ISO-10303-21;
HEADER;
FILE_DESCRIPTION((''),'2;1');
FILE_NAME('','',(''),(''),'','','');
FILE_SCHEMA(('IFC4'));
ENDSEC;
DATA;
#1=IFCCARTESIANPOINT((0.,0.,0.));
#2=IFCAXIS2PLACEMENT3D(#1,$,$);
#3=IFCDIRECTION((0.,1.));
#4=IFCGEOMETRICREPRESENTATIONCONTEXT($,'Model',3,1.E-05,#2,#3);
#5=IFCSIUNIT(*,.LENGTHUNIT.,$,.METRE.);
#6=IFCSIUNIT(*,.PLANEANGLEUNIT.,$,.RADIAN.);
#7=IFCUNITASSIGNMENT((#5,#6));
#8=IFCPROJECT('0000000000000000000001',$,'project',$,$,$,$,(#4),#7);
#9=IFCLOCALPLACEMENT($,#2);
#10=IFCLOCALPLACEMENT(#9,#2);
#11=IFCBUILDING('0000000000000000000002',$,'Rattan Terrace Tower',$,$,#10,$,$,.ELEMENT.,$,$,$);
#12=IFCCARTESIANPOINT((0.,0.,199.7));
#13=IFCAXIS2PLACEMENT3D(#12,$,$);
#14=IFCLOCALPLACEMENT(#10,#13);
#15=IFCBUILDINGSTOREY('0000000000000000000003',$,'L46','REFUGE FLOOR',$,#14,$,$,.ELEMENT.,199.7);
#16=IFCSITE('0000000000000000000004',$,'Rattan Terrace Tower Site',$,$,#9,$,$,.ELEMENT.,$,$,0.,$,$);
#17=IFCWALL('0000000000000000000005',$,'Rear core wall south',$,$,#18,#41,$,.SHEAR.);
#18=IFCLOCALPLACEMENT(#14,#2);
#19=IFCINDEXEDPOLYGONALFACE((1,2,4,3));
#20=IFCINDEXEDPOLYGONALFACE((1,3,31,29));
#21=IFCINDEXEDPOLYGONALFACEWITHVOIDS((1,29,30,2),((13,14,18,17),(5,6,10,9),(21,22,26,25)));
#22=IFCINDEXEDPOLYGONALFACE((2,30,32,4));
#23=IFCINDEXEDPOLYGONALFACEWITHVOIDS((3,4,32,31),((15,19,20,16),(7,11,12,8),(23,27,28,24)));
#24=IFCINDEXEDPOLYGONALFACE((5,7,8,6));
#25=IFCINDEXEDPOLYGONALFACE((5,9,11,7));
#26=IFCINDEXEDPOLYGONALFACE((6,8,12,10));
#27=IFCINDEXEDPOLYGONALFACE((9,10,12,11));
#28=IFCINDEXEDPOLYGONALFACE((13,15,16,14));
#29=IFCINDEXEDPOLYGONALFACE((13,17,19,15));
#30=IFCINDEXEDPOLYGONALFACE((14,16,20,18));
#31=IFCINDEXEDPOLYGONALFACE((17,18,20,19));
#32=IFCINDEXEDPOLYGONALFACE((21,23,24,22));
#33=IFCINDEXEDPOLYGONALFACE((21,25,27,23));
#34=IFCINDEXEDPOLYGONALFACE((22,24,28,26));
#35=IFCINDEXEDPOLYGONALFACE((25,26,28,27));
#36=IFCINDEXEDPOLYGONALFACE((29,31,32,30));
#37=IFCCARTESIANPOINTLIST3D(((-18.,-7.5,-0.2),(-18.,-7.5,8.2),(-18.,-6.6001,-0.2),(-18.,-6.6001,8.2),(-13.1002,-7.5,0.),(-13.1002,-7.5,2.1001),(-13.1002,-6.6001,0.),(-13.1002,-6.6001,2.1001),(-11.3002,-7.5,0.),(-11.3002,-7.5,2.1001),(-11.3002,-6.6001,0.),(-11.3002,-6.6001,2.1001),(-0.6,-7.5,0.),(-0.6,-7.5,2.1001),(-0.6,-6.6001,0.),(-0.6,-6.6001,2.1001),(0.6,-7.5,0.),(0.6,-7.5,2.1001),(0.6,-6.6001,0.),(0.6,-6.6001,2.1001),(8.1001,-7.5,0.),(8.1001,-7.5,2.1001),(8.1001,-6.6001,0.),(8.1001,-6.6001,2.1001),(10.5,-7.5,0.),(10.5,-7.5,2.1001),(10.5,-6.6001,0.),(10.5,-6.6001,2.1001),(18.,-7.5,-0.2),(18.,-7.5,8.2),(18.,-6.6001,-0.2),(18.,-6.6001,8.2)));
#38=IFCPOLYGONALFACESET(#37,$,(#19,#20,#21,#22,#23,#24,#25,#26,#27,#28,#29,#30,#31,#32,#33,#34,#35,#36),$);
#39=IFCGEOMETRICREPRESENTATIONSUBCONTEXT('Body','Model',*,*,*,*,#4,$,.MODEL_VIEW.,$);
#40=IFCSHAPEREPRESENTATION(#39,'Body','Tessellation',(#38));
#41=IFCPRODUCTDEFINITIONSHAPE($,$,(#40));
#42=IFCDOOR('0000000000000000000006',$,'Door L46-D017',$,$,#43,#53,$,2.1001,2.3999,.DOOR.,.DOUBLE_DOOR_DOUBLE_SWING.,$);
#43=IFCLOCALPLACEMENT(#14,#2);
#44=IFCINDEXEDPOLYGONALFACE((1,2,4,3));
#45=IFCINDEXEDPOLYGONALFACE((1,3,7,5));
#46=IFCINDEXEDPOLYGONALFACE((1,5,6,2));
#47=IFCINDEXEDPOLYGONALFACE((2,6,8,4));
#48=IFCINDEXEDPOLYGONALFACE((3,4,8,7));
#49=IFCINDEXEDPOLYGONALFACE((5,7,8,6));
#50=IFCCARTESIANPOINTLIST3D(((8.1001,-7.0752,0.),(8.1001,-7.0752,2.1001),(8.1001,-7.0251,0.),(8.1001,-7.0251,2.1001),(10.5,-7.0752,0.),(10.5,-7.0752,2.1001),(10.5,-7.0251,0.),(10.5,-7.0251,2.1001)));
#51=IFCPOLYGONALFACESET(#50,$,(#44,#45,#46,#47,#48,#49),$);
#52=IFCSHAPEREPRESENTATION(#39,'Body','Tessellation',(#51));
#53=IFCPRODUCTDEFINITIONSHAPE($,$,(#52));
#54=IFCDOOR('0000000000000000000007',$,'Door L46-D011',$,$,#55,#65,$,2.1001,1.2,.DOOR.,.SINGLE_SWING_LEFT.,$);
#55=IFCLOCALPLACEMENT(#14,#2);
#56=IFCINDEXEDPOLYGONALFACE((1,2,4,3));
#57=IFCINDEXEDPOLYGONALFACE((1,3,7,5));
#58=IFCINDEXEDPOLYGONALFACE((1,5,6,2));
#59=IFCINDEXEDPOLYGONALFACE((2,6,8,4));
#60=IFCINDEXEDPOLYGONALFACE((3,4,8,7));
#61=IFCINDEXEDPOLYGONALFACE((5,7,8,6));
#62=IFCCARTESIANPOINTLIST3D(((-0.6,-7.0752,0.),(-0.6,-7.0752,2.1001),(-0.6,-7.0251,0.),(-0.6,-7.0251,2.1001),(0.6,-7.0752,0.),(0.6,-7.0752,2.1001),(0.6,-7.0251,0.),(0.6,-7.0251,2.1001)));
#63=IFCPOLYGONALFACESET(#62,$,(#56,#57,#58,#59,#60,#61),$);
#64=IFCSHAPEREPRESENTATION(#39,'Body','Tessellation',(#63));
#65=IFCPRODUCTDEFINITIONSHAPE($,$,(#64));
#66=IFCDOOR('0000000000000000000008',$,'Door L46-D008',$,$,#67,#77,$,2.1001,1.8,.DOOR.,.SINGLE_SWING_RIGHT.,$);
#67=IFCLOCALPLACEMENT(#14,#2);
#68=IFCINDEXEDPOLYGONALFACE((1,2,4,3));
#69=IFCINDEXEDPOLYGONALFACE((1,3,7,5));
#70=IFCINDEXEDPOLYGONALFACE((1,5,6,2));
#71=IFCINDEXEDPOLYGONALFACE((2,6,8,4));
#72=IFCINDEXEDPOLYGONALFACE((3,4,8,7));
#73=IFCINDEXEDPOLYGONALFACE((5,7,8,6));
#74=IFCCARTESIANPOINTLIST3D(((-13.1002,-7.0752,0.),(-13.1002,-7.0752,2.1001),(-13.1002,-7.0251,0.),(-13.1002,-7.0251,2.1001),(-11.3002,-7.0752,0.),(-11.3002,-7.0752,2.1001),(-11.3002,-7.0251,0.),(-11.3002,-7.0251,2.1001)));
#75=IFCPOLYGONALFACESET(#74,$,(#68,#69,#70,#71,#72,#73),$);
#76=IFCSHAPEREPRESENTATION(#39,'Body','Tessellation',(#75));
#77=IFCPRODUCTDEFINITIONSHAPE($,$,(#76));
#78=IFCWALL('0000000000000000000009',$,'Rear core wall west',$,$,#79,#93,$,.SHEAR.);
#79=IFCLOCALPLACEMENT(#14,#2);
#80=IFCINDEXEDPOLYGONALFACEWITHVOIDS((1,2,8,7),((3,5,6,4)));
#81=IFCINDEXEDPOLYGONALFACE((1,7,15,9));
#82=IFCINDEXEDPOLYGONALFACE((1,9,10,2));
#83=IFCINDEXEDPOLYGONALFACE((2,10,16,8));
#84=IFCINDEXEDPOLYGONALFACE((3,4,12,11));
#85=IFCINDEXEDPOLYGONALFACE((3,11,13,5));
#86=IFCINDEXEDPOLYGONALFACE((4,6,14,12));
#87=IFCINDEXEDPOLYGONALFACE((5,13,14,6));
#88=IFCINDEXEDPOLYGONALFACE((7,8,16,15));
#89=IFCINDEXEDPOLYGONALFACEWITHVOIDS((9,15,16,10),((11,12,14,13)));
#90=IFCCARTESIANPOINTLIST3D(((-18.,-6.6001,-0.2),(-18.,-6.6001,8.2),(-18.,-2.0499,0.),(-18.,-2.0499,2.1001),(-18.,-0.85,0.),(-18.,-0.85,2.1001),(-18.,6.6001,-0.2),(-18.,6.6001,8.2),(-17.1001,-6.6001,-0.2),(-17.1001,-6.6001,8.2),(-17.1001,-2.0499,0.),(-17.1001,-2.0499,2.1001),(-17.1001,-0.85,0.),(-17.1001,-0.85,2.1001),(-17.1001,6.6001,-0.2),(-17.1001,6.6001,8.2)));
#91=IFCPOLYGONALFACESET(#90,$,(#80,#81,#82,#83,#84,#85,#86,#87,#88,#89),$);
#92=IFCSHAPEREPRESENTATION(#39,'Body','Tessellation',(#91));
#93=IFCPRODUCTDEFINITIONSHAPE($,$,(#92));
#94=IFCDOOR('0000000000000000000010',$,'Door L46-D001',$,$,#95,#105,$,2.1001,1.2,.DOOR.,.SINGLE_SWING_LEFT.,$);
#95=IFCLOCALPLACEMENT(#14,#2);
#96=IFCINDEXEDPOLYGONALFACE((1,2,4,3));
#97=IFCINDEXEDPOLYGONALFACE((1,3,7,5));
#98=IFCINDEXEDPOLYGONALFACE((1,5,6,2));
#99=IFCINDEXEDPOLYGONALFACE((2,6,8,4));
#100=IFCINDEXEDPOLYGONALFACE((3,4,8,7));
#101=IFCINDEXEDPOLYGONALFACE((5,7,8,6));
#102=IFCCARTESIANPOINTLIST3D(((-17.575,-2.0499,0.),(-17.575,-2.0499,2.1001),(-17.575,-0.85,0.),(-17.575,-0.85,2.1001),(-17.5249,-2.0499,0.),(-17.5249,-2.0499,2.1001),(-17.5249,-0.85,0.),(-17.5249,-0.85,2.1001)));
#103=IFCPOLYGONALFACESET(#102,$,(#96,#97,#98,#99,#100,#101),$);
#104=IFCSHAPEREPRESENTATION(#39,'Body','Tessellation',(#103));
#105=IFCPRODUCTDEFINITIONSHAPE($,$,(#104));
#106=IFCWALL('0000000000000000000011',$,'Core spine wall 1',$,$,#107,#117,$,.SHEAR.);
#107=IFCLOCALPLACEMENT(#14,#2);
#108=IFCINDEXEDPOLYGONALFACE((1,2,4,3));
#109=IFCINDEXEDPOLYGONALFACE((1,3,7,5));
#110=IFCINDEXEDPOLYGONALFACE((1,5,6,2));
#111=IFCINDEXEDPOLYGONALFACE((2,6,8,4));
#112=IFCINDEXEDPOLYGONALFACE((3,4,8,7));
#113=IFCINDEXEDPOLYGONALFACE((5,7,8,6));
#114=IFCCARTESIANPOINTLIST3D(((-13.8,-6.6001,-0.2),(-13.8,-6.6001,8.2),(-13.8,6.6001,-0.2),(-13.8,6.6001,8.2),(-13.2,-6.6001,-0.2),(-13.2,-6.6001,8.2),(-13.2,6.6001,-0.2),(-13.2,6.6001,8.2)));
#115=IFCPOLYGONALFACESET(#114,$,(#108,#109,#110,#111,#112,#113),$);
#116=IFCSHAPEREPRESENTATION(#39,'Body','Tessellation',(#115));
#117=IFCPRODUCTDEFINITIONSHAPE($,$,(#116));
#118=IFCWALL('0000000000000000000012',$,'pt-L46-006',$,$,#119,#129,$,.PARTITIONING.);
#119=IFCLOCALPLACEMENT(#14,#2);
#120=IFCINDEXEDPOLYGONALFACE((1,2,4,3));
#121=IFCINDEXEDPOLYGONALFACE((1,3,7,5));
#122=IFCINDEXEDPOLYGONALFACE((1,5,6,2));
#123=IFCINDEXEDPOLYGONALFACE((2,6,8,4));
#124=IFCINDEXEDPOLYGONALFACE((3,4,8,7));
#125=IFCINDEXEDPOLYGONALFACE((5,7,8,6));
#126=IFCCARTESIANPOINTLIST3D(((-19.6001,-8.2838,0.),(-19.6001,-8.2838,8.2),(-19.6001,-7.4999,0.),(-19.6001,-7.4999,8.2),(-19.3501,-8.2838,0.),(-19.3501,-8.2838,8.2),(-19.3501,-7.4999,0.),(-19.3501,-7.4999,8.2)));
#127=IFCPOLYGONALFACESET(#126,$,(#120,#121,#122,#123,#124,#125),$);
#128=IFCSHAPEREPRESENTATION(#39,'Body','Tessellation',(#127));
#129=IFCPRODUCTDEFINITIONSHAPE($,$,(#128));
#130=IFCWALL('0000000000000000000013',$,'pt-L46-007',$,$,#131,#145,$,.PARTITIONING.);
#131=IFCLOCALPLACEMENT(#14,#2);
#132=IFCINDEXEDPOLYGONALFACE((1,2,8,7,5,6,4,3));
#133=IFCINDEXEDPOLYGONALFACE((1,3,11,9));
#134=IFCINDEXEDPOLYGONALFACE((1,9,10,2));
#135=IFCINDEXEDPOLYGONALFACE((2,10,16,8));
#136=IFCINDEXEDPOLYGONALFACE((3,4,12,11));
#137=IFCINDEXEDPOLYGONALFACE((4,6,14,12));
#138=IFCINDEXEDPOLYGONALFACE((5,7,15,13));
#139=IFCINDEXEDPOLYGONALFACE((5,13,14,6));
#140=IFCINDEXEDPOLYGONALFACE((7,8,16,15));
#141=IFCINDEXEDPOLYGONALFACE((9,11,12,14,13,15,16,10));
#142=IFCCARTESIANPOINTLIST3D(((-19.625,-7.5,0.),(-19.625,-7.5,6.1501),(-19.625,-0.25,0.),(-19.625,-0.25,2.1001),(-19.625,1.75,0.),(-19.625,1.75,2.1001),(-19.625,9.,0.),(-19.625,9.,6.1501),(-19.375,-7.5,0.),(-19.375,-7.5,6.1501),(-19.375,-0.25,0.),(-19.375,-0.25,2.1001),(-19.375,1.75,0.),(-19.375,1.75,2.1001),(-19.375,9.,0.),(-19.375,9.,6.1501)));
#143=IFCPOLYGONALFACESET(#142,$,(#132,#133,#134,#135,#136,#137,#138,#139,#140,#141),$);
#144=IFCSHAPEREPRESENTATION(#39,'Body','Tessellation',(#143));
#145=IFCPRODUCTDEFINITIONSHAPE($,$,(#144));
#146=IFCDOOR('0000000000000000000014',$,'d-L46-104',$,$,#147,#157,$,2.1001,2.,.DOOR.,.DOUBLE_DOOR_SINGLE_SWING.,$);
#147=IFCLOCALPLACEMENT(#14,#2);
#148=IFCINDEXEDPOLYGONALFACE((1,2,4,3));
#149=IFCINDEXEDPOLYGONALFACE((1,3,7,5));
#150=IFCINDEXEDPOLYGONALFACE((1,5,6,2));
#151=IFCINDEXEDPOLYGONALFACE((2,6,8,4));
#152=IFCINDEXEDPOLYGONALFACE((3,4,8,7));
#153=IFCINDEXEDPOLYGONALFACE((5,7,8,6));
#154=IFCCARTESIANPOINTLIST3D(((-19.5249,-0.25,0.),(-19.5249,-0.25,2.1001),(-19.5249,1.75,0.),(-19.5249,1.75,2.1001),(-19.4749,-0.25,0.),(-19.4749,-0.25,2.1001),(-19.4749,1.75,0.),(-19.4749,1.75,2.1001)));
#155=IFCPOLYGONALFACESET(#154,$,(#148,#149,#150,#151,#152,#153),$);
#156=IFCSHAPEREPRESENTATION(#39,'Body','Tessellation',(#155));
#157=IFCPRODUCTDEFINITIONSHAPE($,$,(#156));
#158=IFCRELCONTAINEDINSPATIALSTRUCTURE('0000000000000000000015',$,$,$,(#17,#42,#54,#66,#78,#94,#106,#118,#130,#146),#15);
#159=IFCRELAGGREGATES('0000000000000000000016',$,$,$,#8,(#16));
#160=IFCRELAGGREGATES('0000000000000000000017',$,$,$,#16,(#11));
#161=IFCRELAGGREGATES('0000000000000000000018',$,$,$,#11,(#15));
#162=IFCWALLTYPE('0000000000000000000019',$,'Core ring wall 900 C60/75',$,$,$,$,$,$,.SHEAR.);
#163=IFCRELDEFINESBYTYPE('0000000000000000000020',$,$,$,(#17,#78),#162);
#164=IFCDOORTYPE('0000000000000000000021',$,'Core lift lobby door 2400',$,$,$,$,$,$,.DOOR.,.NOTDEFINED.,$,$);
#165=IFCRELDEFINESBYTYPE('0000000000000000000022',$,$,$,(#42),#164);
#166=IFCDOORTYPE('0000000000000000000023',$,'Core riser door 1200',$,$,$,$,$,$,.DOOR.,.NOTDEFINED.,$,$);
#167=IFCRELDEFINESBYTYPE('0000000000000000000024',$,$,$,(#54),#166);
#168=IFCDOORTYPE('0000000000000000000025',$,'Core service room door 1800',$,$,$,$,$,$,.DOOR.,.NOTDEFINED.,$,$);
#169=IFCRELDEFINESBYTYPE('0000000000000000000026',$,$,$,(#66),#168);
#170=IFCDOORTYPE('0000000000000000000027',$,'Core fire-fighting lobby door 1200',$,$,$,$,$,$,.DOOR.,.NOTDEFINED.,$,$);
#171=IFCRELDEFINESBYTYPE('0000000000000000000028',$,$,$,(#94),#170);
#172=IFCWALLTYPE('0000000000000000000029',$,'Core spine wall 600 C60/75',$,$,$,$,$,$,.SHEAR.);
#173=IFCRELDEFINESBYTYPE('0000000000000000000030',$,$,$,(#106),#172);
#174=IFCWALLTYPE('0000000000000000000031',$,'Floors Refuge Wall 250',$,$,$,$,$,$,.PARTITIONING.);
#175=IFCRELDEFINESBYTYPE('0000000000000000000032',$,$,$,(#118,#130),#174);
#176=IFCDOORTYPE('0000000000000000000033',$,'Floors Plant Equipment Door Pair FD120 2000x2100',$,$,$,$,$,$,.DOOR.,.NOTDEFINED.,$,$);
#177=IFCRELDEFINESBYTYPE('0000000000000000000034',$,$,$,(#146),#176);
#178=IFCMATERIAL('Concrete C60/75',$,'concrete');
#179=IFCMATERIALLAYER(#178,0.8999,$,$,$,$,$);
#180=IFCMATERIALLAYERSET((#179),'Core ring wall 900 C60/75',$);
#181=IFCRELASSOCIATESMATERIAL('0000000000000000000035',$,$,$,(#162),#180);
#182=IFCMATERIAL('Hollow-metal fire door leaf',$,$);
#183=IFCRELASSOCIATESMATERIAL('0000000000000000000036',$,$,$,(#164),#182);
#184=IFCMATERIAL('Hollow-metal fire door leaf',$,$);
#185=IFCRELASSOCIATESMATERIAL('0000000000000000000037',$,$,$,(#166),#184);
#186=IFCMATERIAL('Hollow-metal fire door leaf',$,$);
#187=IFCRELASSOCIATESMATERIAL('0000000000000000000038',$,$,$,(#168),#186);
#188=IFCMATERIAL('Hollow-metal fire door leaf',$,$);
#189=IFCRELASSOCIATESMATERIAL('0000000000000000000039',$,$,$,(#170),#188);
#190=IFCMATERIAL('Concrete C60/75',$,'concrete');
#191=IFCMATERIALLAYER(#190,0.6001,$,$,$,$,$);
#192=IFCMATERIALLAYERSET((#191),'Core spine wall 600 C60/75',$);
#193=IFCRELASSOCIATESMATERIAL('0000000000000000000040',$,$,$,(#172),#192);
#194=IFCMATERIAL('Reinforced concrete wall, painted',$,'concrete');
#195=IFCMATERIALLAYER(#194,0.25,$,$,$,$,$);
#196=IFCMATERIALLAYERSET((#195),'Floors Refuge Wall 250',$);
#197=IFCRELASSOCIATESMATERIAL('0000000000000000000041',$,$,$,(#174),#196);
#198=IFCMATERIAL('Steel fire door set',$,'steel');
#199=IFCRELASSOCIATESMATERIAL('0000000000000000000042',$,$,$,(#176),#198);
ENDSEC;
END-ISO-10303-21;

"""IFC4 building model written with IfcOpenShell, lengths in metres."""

from ifc_helpers import new_model, si_unit, direction, frame, frame_2d, origin, place, context, subcontext, project, spatial, rectangle, extrude, material, layer, layer_set, type_object, element, fill, save


model = new_model("IFC4")

# Units and contexts
model_context = context("Model", 3, precision=1e-05, world=origin(), true_north=direction((0.0, 1.0)))
body_context = subcontext(model_context, "Body", "Model", "MODEL_VIEW")
ifc_project = project(units=[si_unit("LENGTHUNIT", "METRE"), si_unit("PLANEANGLEUNIT", "RADIAN")], contexts=[model_context])

# Site, building, storey
site_placement = place(None, origin())
site = spatial("IfcSite", under=ifc_project, at=site_placement, Name="Rattan Terrace Tower Site", CompositionType="ELEMENT", RefElevation=0.0)
building_placement = place(site_placement, origin())
building = spatial("IfcBuilding", under=site, at=building_placement, Name="Rattan Terrace Tower", CompositionType="ELEMENT")
storey_placement = place(building_placement, frame((0.0, 0.0, 199.7)))
storey = spatial("IfcBuildingStorey", under=building, at=storey_placement, Name="L46", Description="REFUGE FLOOR", CompositionType="ELEMENT", Elevation=199.7)

# Wall, openings, doors
ifc_material_1 = material(Name="Concrete C60/75", Category="concrete")
ifc_layer_1 = layer(ifc_material_1, 0.8999)
ifc_layer_set_1 = layer_set([ifc_layer_1], Name="Core ring wall 900 C60/75")
wall_type_1 = type_object("IfcWallType", Name="Core ring wall 900 C60/75", PredefinedType="SHEAR", material=ifc_layer_set_1)
wall_1_placement = place(storey_placement, frame((-18.0, -7.05, -0.2), z_axis=(0.0, 0.0, 1.0), x_axis=(1.0, 0.0, 0.0)))
wall_1 = element("IfcWall", 1, at=wall_1_placement, inside=storey, type_object=wall_type_1, Name="Rear core wall south", PredefinedType="SHEAR", context=body_context, shape_type="SweptSolid", body=[
    extrude(rectangle(XDim=36.0, YDim=0.8999, at=frame_2d((18.0, 0.0))), origin(), (0.0, 0.0, 1.0), 8.3999),
])
opening_1_placement = place(wall_1_placement, frame((4.8999, 0.0, 0.2)))
opening_1 = element("IfcOpeningElement", 2, at=opening_1_placement, cuts=wall_1, PredefinedType="OPENING", context=body_context, shape_type="SweptSolid", body=[
    extrude(rectangle(XDim=1.8, YDim=2.1001, at=frame_2d((0.8999, 1.05))), frame((0.0, 0.4604, 0.0), z_axis=(0.0, -1.0, 0.0), x_axis=(1.0, 0.0, 0.0)), (0.0, 0.0, 1.0), 0.9209),
])
opening_2_placement = place(wall_1_placement, frame((17.3999, 0.0, 0.2)))
opening_2 = element("IfcOpeningElement", 3, at=opening_2_placement, cuts=wall_1, PredefinedType="OPENING", context=body_context, shape_type="SweptSolid", body=[
    extrude(rectangle(XDim=1.2, YDim=2.1001, at=frame_2d((0.6001, 1.05))), frame((0.0, 0.4604, 0.0), z_axis=(0.0, -1.0, 0.0), x_axis=(1.0, 0.0, 0.0)), (0.0, 0.0, 1.0), 0.9209),
])
opening_3_placement = place(wall_1_placement, frame((26.1001, 0.0, 0.2)))
opening_3 = element("IfcOpeningElement", 4, at=opening_3_placement, cuts=wall_1, PredefinedType="OPENING", context=body_context, shape_type="SweptSolid", body=[
    extrude(rectangle(XDim=2.3999, YDim=2.1001, at=frame_2d((1.2, 1.05))), frame((0.0, 0.4604, 0.0), z_axis=(0.0, -1.0, 0.0), x_axis=(1.0, 0.0, 0.0)), (0.0, 0.0, 1.0), 0.9209),
])
ifc_material_2 = material(Name="Hollow-metal fire door leaf")
door_type_1 = type_object("IfcDoorType", Name="Core lift lobby door 2400", OperationType="NOTDEFINED", PredefinedType="DOOR", material=ifc_material_2)
door_1_placement = place(opening_3_placement, origin())
door_1 = element("IfcDoor", 5, at=door_1_placement, inside=storey, type_object=door_type_1, Name="Door L46-D017", OperationType="DOUBLE_DOOR_DOUBLE_SWING", OverallHeight=2.1001, OverallWidth=2.3999, PredefinedType="DOOR", context=body_context, shape_type="SweptSolid", body=[
    extrude(rectangle(XDim=2.3999, YDim=2.1001, at=frame_2d((1.2, 1.05))), frame((0.0, 0.0249, 0.0), z_axis=(0.0, -1.0, 0.0), x_axis=(1.0, 0.0, 0.0)), (0.0, 0.0, 1.0), 0.05),
])
fill(opening_3, door_1)
ifc_material_3 = material(Name="Hollow-metal fire door leaf")
door_type_2 = type_object("IfcDoorType", Name="Core riser door 1200", OperationType="NOTDEFINED", PredefinedType="DOOR", material=ifc_material_3)
door_2_placement = place(opening_2_placement, origin())
door_2 = element("IfcDoor", 6, at=door_2_placement, inside=storey, type_object=door_type_2, Name="Door L46-D011", OperationType="SINGLE_SWING_LEFT", OverallHeight=2.1001, OverallWidth=1.2, PredefinedType="DOOR", context=body_context, shape_type="SweptSolid", body=[
    extrude(rectangle(XDim=1.2, YDim=2.1001, at=frame_2d((0.6001, 1.05))), frame((0.0, 0.0249, 0.0), z_axis=(0.0, -1.0, 0.0), x_axis=(1.0, 0.0, 0.0)), (0.0, 0.0, 1.0), 0.05),
])
fill(opening_2, door_2)
ifc_material_4 = material(Name="Hollow-metal fire door leaf")
door_type_3 = type_object("IfcDoorType", Name="Core service room door 1800", OperationType="NOTDEFINED", PredefinedType="DOOR", material=ifc_material_4)
door_3_placement = place(opening_1_placement, origin())
door_3 = element("IfcDoor", 7, at=door_3_placement, inside=storey, type_object=door_type_3, Name="Door L46-D008", OperationType="SINGLE_SWING_RIGHT", OverallHeight=2.1001, OverallWidth=1.8, PredefinedType="DOOR", context=body_context, shape_type="SweptSolid", body=[
    extrude(rectangle(XDim=1.8, YDim=2.1001, at=frame_2d((0.8999, 1.05))), frame((0.0, 0.0249, 0.0), z_axis=(0.0, -1.0, 0.0), x_axis=(1.0, 0.0, 0.0)), (0.0, 0.0, 1.0), 0.05),
])
fill(opening_1, door_3)

# Wall, opening, door
wall_2_placement = place(storey_placement, frame((-17.55, -6.6001, -0.2), z_axis=(0.0, 0.0, 1.0), x_axis=(0.0, 1.0, 0.0)))
wall_2 = element("IfcWall", 8, at=wall_2_placement, inside=storey, type_object=wall_type_1, Name="Rear core wall west", PredefinedType="SHEAR", context=body_context, shape_type="SweptSolid", body=[
    extrude(rectangle(XDim=13.2002, YDim=0.8999, at=frame_2d((6.6001, 0.0))), origin(), (0.0, 0.0, 1.0), 8.3999),
])
opening_4_placement = place(wall_2_placement, frame((4.55, 0.0, 0.2)))
opening_4 = element("IfcOpeningElement", 9, at=opening_4_placement, cuts=wall_2, PredefinedType="OPENING", context=body_context, shape_type="SweptSolid", body=[
    extrude(rectangle(XDim=1.2, YDim=2.1001, at=frame_2d((0.6001, 1.05))), frame((0.0, 0.4604, 0.0), z_axis=(0.0, -1.0, 0.0), x_axis=(1.0, 0.0, 0.0)), (0.0, 0.0, 1.0), 0.9209),
])
ifc_material_5 = material(Name="Hollow-metal fire door leaf")
door_type_4 = type_object("IfcDoorType", Name="Core fire-fighting lobby door 1200", OperationType="NOTDEFINED", PredefinedType="DOOR", material=ifc_material_5)
door_4_placement = place(opening_4_placement, origin())
door_4 = element("IfcDoor", 10, at=door_4_placement, inside=storey, type_object=door_type_4, Name="Door L46-D001", OperationType="SINGLE_SWING_LEFT", OverallHeight=2.1001, OverallWidth=1.2, PredefinedType="DOOR", context=body_context, shape_type="SweptSolid", body=[
    extrude(rectangle(XDim=1.2, YDim=2.1001, at=frame_2d((0.6001, 1.05))), frame((0.0, 0.0249, 0.0), z_axis=(0.0, -1.0, 0.0), x_axis=(1.0, 0.0, 0.0)), (0.0, 0.0, 1.0), 0.05),
])
fill(opening_4, door_4)

# Walls
ifc_material_6 = material(Name="Concrete C60/75", Category="concrete")
ifc_layer_2 = layer(ifc_material_6, 0.6001)
ifc_layer_set_2 = layer_set([ifc_layer_2], Name="Core spine wall 600 C60/75")
wall_type_2 = type_object("IfcWallType", Name="Core spine wall 600 C60/75", PredefinedType="SHEAR", material=ifc_layer_set_2)
wall_3_placement = place(storey_placement, frame((-13.5, -6.6001, -0.2), z_axis=(0.0, 0.0, 1.0), x_axis=(0.0, 1.0, 0.0)))
element("IfcWall", 11, at=wall_3_placement, inside=storey, type_object=wall_type_2, Name="Core spine wall 1", PredefinedType="SHEAR", context=body_context, shape_type="SweptSolid", body=[
    extrude(rectangle(XDim=13.2002, YDim=0.6001, at=frame_2d((6.6001, 0.0))), origin(), (0.0, 0.0, 1.0), 8.3999),
])
ifc_material_7 = material(Name="Reinforced concrete wall, painted", Category="concrete")
ifc_layer_3 = layer(ifc_material_7, 0.25)
ifc_layer_set_3 = layer_set([ifc_layer_3], Name="Floors Refuge Wall 250")
wall_type_3 = type_object("IfcWallType", Name="Floors Refuge Wall 250", PredefinedType="PARTITIONING", material=ifc_layer_set_3)
wall_4_placement = place(storey_placement, frame((-19.4751, -8.2839, 0.0), z_axis=(0.0, 0.0, 1.0), x_axis=(0.0, 1.0, 0.0)))
element("IfcWall", 12, at=wall_4_placement, inside=storey, type_object=wall_type_3, Name="pt-L46-006", PredefinedType="PARTITIONING", context=body_context, shape_type="SweptSolid", body=[
    extrude(rectangle(XDim=0.7839, YDim=0.25, at=frame_2d((0.3921, 0.0))), origin(), (0.0, 0.0, 1.0), 8.2),
])

# Wall, opening, door
wall_5_placement = place(storey_placement, frame((-19.5, -7.5, 0.0), z_axis=(0.0, 0.0, 1.0), x_axis=(0.0, 1.0, 0.0)))
wall_5 = element("IfcWall", 13, at=wall_5_placement, inside=storey, type_object=wall_type_3, Name="pt-L46-007", PredefinedType="PARTITIONING", context=body_context, shape_type="SweptSolid", body=[
    extrude(rectangle(XDim=16.5, YDim=0.25, at=frame_2d((8.25, 0.0))), origin(), (0.0, 0.0, 1.0), 6.1501),
])
opening_5_placement = place(wall_5_placement, frame((7.25, 0.0, 0.0)))
opening_5 = element("IfcOpeningElement", 14, at=opening_5_placement, cuts=wall_5, PredefinedType="OPENING", context=body_context, shape_type="SweptSolid", body=[
    extrude(rectangle(XDim=2.0, YDim=2.1001, at=frame_2d((1.0, 1.05))), frame((0.0, 0.1355, 0.0), z_axis=(0.0, -1.0, 0.0), x_axis=(1.0, 0.0, 0.0)), (0.0, 0.0, 1.0), 0.271),
])
ifc_material_8 = material(Name="Steel fire door set", Category="steel")
door_type_5 = type_object("IfcDoorType", Name="Floors Plant Equipment Door Pair FD120 2000x2100", OperationType="NOTDEFINED", PredefinedType="DOOR", material=ifc_material_8)
door_5_placement = place(opening_5_placement, origin())
door_5 = element("IfcDoor", 15, at=door_5_placement, inside=storey, type_object=door_type_5, Name="d-L46-104", OperationType="DOUBLE_DOOR_SINGLE_SWING", OverallHeight=2.1001, OverallWidth=2.0, PredefinedType="DOOR", context=body_context, shape_type="SweptSolid", body=[
    extrude(rectangle(XDim=2.0, YDim=2.1001, at=frame_2d((1.0, 1.05))), frame((0.0, 0.0249, 0.0), z_axis=(0.0, -1.0, 0.0), x_axis=(1.0, 0.0, 0.0)), (0.0, 0.0, 1.0), 0.05),
])
fill(opening_5, door_5)

save(model, "model.ifc")
